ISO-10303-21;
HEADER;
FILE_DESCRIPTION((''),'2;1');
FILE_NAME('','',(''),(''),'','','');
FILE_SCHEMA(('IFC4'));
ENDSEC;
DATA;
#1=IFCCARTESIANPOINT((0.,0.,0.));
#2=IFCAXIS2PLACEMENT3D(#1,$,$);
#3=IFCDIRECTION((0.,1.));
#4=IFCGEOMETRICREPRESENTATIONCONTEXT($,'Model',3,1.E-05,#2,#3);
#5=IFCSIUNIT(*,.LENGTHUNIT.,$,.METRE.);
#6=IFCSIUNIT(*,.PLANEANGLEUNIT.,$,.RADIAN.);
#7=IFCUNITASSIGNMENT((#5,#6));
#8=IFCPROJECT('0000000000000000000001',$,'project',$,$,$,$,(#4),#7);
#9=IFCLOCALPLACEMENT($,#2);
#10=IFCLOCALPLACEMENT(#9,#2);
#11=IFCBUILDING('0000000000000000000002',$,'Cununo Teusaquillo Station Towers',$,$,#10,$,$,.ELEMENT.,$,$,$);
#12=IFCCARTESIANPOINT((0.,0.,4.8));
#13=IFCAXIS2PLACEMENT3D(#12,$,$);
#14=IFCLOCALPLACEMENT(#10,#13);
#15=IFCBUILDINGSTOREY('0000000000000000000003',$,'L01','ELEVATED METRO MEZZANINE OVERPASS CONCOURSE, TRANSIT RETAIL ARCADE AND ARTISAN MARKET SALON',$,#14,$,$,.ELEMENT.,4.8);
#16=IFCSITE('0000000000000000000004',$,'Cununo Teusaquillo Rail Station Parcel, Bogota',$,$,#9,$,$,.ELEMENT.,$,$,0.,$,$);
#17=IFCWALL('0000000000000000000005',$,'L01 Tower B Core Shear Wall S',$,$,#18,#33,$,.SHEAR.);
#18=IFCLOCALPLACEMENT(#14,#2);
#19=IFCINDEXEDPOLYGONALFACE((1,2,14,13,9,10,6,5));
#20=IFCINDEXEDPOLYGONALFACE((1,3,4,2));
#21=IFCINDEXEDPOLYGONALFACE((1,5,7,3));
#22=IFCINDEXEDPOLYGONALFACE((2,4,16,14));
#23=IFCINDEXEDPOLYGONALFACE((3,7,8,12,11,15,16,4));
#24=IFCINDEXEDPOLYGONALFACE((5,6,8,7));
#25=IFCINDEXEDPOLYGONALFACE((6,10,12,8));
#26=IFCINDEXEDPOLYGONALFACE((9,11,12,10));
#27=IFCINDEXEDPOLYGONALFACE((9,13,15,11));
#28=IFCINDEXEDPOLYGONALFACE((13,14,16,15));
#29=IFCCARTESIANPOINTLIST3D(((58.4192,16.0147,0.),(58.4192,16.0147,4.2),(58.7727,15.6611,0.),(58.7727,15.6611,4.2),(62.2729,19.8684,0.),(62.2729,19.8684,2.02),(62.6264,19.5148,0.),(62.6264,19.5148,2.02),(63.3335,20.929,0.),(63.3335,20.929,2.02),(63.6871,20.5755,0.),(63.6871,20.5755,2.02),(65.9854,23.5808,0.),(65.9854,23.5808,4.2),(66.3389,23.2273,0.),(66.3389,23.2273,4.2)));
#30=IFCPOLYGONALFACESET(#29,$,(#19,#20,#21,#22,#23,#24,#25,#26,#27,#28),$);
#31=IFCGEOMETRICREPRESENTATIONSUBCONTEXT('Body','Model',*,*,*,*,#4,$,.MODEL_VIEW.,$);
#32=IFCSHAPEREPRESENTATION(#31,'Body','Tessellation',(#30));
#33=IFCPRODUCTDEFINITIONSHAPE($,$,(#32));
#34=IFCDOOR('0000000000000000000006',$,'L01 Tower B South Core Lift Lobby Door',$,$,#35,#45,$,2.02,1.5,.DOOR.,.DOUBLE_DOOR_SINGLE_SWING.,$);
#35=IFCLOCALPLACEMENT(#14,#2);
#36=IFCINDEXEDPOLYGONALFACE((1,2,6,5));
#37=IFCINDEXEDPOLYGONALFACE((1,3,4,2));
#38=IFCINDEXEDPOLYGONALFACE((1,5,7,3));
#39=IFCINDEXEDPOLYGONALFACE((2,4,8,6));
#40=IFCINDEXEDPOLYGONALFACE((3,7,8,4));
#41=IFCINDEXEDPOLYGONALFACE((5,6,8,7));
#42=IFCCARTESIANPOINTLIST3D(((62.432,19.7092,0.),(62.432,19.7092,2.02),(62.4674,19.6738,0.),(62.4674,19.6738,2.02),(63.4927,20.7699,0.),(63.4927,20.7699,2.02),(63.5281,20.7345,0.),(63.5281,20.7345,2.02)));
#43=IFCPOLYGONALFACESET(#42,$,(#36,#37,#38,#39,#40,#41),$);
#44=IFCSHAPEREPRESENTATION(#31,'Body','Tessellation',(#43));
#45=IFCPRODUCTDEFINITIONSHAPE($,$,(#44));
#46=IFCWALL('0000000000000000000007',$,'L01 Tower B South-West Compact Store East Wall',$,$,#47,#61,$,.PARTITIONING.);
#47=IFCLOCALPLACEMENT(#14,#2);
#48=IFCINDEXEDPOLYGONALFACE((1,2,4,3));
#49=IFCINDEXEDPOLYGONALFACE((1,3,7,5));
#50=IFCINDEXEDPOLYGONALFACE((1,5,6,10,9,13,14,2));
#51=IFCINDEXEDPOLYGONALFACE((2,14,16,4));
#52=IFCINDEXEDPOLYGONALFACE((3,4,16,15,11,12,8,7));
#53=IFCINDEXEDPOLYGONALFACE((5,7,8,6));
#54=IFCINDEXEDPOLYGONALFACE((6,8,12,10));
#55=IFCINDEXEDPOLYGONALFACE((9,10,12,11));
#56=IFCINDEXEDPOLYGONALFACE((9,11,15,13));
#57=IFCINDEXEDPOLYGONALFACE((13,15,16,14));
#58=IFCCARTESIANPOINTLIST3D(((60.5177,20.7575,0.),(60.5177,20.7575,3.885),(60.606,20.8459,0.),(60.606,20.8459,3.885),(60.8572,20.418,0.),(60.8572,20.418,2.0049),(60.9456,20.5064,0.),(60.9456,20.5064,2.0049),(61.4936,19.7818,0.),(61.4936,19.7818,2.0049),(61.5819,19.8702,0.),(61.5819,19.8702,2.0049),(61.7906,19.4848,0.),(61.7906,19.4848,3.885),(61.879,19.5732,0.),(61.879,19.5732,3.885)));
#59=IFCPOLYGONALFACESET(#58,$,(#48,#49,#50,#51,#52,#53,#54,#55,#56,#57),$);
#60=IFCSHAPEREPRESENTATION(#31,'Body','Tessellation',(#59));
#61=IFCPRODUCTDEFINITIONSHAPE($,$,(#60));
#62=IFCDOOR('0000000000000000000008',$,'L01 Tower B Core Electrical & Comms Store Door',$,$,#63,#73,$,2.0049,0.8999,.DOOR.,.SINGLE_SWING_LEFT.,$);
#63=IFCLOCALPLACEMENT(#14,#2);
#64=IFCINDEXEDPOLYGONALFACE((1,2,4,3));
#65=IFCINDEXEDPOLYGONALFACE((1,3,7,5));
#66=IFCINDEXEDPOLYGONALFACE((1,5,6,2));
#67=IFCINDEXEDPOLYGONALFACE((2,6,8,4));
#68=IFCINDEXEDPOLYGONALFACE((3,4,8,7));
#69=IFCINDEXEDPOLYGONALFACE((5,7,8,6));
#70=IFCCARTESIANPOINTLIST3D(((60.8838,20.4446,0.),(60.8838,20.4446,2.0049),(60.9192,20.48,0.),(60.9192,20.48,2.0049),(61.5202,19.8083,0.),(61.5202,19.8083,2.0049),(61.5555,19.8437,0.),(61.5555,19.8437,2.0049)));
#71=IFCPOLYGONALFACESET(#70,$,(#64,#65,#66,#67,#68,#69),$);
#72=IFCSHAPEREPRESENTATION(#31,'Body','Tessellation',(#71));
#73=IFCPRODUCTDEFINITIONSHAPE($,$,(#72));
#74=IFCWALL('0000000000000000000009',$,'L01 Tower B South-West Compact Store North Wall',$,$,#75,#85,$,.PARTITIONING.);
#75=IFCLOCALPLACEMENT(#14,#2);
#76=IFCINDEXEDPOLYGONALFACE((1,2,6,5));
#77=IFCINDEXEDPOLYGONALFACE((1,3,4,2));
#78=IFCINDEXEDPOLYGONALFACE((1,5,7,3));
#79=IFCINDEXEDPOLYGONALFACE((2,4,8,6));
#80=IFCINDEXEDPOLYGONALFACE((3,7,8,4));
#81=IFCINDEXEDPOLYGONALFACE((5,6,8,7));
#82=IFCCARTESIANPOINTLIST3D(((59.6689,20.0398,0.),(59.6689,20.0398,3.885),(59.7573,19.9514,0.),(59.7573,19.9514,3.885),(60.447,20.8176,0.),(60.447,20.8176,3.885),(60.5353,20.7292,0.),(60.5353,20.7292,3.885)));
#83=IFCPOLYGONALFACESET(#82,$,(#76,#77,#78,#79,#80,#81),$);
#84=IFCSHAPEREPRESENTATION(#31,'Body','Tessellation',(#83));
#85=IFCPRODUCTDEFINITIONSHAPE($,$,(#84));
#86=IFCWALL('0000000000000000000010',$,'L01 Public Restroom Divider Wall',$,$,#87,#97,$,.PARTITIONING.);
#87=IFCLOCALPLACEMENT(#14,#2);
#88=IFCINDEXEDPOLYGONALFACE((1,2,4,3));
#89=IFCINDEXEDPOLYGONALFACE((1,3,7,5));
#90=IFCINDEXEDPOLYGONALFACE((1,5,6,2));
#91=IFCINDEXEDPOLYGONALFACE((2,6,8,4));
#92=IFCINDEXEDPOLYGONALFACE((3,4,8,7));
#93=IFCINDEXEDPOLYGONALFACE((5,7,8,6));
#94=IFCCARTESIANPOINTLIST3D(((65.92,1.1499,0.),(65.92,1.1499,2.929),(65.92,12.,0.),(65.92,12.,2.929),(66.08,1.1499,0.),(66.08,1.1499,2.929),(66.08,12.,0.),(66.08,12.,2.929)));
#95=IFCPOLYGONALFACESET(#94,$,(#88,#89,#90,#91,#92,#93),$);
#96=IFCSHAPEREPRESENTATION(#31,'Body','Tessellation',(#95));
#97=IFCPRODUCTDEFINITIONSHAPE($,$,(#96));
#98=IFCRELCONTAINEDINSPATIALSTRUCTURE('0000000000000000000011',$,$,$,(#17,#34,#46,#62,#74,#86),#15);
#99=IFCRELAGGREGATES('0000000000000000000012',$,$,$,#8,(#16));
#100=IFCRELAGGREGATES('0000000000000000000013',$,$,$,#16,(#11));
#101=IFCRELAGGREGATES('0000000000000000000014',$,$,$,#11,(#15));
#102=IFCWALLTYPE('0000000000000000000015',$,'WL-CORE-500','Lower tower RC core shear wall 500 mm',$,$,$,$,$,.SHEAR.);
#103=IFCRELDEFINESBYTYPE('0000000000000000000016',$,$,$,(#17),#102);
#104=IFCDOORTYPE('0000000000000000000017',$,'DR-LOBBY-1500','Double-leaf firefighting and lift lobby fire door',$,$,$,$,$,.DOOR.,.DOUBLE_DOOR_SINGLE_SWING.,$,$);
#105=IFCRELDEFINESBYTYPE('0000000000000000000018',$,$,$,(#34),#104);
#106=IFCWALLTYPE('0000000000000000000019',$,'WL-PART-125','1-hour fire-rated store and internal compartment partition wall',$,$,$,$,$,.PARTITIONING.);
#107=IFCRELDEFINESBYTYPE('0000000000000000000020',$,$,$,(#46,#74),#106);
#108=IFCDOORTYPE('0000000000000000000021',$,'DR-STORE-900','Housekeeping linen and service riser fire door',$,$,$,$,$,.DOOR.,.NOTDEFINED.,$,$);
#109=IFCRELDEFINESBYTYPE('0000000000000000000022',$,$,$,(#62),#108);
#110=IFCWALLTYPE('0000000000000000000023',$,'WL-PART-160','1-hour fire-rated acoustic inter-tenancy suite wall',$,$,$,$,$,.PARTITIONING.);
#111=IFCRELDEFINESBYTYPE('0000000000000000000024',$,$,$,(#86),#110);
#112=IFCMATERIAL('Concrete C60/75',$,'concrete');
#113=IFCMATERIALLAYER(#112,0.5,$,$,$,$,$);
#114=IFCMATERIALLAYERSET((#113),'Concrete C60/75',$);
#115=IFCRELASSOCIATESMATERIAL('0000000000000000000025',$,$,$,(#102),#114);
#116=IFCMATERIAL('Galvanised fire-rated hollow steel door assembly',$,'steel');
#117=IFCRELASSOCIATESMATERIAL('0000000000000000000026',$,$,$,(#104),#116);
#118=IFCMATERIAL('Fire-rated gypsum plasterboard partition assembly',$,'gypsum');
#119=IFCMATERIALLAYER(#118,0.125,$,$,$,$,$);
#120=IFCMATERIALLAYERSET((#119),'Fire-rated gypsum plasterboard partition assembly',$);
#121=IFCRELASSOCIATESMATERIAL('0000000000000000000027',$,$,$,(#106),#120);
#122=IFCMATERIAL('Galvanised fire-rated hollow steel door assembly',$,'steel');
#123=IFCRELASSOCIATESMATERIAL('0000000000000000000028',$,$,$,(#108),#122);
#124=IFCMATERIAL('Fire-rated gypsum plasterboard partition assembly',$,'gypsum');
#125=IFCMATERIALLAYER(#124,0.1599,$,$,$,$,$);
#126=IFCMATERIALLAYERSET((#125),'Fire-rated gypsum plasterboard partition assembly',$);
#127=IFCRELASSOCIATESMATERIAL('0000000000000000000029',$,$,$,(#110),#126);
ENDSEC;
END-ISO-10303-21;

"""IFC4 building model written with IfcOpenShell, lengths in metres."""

from ifc_helpers import new_model, si_unit, direction, frame, frame_2d, origin, place, context, subcontext, project, spatial, rectangle, extrude, source, transform, mapped, material, layer, layer_set, type_object, element, fill, save


model = new_model("IFC4")

# Units and contexts
model_context = context("Model", 3, precision=1e-05, world=origin(), true_north=direction((0.0, 1.0)))
body_context = subcontext(model_context, "Body", "Model", "MODEL_VIEW")
ifc_project = project(units=[si_unit("LENGTHUNIT", "METRE"), si_unit("PLANEANGLEUNIT", "RADIAN")], contexts=[model_context])

# Site, building, storey
site_placement = place(None, origin())
site = spatial("IfcSite", under=ifc_project, at=site_placement, Name="Cununo Teusaquillo Rail Station Parcel, Bogota", CompositionType="ELEMENT", RefElevation=0.0)
building_placement = place(site_placement, origin())
building = spatial("IfcBuilding", under=site, at=building_placement, Name="Cununo Teusaquillo Station Towers", CompositionType="ELEMENT")
storey_placement = place(building_placement, frame((0.0, 0.0, 4.8)))
storey = spatial("IfcBuildingStorey", under=building, at=storey_placement, Name="L01", Description="ELEVATED METRO MEZZANINE OVERPASS CONCOURSE, TRANSIT RETAIL ARCADE AND ARTISAN MARKET SALON", CompositionType="ELEMENT", Elevation=4.8)

# Shared definitions
ifc_material_1 = material(Name="Concrete C60/75", Category="concrete")
ifc_layer_1 = layer(ifc_material_1, 0.5)
ifc_layer_set_1 = layer_set([ifc_layer_1], Name="Concrete C60/75")
wall_type_1 = type_object("IfcWallType", Name="WL-CORE-500", Description="Lower tower RC core shear wall 500 mm", PredefinedType="SHEAR", material=ifc_layer_set_1)

# Walls, openings, doors
wall_1_placement = place(storey_placement, frame((58.5959, 15.8379, 0.0), z_axis=(0.0, 0.0, 1.0), x_axis=(0.707107, 0.707107, 0.0)))
wall_1 = element("IfcWall", 1, at=wall_1_placement, inside=storey, type_object=wall_type_1, Name="L01 Tower B Core Shear Wall S", PredefinedType="SHEAR", context=body_context, shape_type="SweptSolid", body=[
    extrude(rectangle(XDim=10.7002, YDim=0.5, at=frame_2d((5.3501, 0.0))), origin(), (0.0, 0.0, 1.0), 4.2),
])
shared_shape_1 = source(origin(), body_context, "Body", "SweptSolid", [
    extrude(rectangle(XDim=1.5, YDim=2.02, at=frame_2d((0.75, 1.01))), frame((0.0, 0.26, 0.0), z_axis=(0.0, -1.0, 0.0), x_axis=(1.0, 0.0, 0.0)), (0.0, 0.0, 1.0), 0.52),
])
opening_1_placement = place(wall_1_placement, frame((5.45, 0.0, 0.0)))
opening_1 = element("IfcOpeningElement", 2, at=opening_1_placement, cuts=wall_1, PredefinedType="OPENING", context=body_context, shape_type="MappedRepresentation", body=[
    mapped(shared_shape_1, transform((0.0, 0.0, 0.0), x_axis=(1.0, 0.0, 0.0), y_axis=(0.0, 1.0, 0.0), z_axis=(0.0, 0.0, 1.0), scale=1.0)),
])
ifc_material_2 = material(Name="Galvanised fire-rated hollow steel door assembly", Category="steel")
door_type_1 = type_object("IfcDoorType", Name="DR-LOBBY-1500", Description="Double-leaf firefighting and lift lobby fire door", OperationType="DOUBLE_DOOR_SINGLE_SWING", PredefinedType="DOOR", material=ifc_material_2)
shared_shape_2 = source(origin(), body_context, "Body", "SweptSolid", [
    extrude(rectangle(XDim=1.5, YDim=2.02, at=frame_2d((0.75, 1.01))), frame((0.0, 0.0249, 0.0), z_axis=(0.0, -1.0, 0.0), x_axis=(1.0, 0.0, 0.0)), (0.0, 0.0, 1.0), 0.05),
])
door_1_placement = place(opening_1_placement, origin())
door_1 = element("IfcDoor", 3, at=door_1_placement, inside=storey, type_object=door_type_1, Name="L01 Tower B South Core Lift Lobby Door", OperationType="DOUBLE_DOOR_SINGLE_SWING", OverallHeight=2.02, OverallWidth=1.5, PredefinedType="DOOR", context=body_context, shape_type="MappedRepresentation", body=[
    mapped(shared_shape_2, transform((0.0, 0.0, 0.0), x_axis=(1.0, 0.0, 0.0), y_axis=(0.0, 1.0, 0.0), z_axis=(0.0, 0.0, 1.0), scale=1.0)),
])
fill(opening_1, door_1)
ifc_material_3 = material(Name="Fire-rated gypsum plasterboard partition assembly", Category="gypsum")
ifc_layer_2 = layer(ifc_material_3, 0.125)
ifc_layer_set_2 = layer_set([ifc_layer_2], Name="Fire-rated gypsum plasterboard partition assembly")
wall_type_2 = type_object("IfcWallType", Name="WL-PART-125", Description="1-hour fire-rated store and internal compartment partition wall", PredefinedType="PARTITIONING", material=ifc_layer_set_2)
wall_2_placement = place(storey_placement, frame((61.8347, 19.5291, 0.0), z_axis=(0.0, 0.0, 1.0), x_axis=(-0.707175, 0.707039, 0.0)))
wall_2 = element("IfcWall", 4, at=wall_2_placement, inside=storey, type_object=wall_type_2, Name="L01 Tower B South-West Compact Store East Wall", PredefinedType="PARTITIONING", context=body_context, shape_type="SweptSolid", body=[
    extrude(rectangle(XDim=1.8, YDim=0.125, at=frame_2d((0.8999, 0.0))), origin(), (0.0, 0.0, 1.0), 3.885),
])
shared_shape_3 = source(origin(), body_context, "Body", "SweptSolid", [
    extrude(rectangle(XDim=0.8999, YDim=2.0049, at=frame_2d((0.45, 1.0024))), frame((0.0, 0.0725, 0.0), z_axis=(0.0, -1.0, 0.0), x_axis=(1.0, 0.0, 0.0)), (0.0, 0.0, 1.0), 0.145),
])
opening_2_placement = place(wall_2_placement, frame((0.4199, 0.0, 0.0)))
opening_2 = element("IfcOpeningElement", 5, at=opening_2_placement, cuts=wall_2, PredefinedType="OPENING", context=body_context, shape_type="MappedRepresentation", body=[
    mapped(shared_shape_3, transform((0.0, 0.0, 0.0), x_axis=(1.0, 0.0, 0.0), y_axis=(0.0, 1.0, 0.0), z_axis=(0.0, 0.0, 1.0), scale=1.0)),
])
ifc_material_4 = material(Name="Galvanised fire-rated hollow steel door assembly", Category="steel")
door_type_2 = type_object("IfcDoorType", Name="DR-STORE-900", Description="Housekeeping linen and service riser fire door", OperationType="NOTDEFINED", PredefinedType="DOOR", material=ifc_material_4)
shared_shape_4 = source(origin(), body_context, "Body", "SweptSolid", [
    extrude(rectangle(XDim=0.8999, YDim=2.0049, at=frame_2d((0.45, 1.0024))), frame((0.0, 0.0249, 0.0), z_axis=(0.0, -1.0, 0.0), x_axis=(1.0, 0.0, 0.0)), (0.0, 0.0, 1.0), 0.05),
])
door_2_placement = place(opening_2_placement, origin())
door_2 = element("IfcDoor", 6, at=door_2_placement, inside=storey, type_object=door_type_2, Name="L01 Tower B Core Electrical & Comms Store Door", OperationType="SINGLE_SWING_LEFT", OverallHeight=2.0049, OverallWidth=0.8999, PredefinedType="DOOR", context=body_context, shape_type="MappedRepresentation", body=[
    mapped(shared_shape_4, transform((0.0, 0.0, 0.0), x_axis=(1.0, 0.0, 0.0), y_axis=(0.0, 1.0, 0.0), z_axis=(0.0, 0.0, 1.0), scale=1.0)),
])
fill(opening_2, door_2)

# Walls
wall_3_placement = place(storey_placement, frame((59.7131, 19.9956, 0.0), z_axis=(0.0, 0.0, 1.0), x_axis=(0.707218, 0.706996, 0.0)))
element("IfcWall", 7, at=wall_3_placement, inside=storey, type_object=wall_type_2, Name="L01 Tower B South-West Compact Store North Wall", PredefinedType="PARTITIONING", context=body_context, shape_type="SweptSolid", body=[
    extrude(rectangle(XDim=1.1001, YDim=0.125, at=frame_2d((0.55, 0.0))), origin(), (0.0, 0.0, 1.0), 3.885),
])
ifc_material_5 = material(Name="Fire-rated gypsum plasterboard partition assembly", Category="gypsum")
ifc_layer_3 = layer(ifc_material_5, 0.1599)
ifc_layer_set_3 = layer_set([ifc_layer_3], Name="Fire-rated gypsum plasterboard partition assembly")
wall_type_3 = type_object("IfcWallType", Name="WL-PART-160", Description="1-hour fire-rated acoustic inter-tenancy suite wall", PredefinedType="PARTITIONING", material=ifc_layer_set_3)
wall_4_placement = place(storey_placement, frame((66.0, 1.1499, 0.0), z_axis=(0.0, 0.0, 1.0), x_axis=(0.0, 1.0, 0.0)))
element("IfcWall", 8, at=wall_4_placement, inside=storey, type_object=wall_type_3, Name="L01 Public Restroom Divider Wall", PredefinedType="PARTITIONING", context=body_context, shape_type="SweptSolid", body=[
    extrude(rectangle(XDim=10.8501, YDim=0.1599, at=frame_2d((5.425, 0.0))), origin(), (0.0, 0.0, 1.0), 2.929),
])

save(model, "model.ifc")
